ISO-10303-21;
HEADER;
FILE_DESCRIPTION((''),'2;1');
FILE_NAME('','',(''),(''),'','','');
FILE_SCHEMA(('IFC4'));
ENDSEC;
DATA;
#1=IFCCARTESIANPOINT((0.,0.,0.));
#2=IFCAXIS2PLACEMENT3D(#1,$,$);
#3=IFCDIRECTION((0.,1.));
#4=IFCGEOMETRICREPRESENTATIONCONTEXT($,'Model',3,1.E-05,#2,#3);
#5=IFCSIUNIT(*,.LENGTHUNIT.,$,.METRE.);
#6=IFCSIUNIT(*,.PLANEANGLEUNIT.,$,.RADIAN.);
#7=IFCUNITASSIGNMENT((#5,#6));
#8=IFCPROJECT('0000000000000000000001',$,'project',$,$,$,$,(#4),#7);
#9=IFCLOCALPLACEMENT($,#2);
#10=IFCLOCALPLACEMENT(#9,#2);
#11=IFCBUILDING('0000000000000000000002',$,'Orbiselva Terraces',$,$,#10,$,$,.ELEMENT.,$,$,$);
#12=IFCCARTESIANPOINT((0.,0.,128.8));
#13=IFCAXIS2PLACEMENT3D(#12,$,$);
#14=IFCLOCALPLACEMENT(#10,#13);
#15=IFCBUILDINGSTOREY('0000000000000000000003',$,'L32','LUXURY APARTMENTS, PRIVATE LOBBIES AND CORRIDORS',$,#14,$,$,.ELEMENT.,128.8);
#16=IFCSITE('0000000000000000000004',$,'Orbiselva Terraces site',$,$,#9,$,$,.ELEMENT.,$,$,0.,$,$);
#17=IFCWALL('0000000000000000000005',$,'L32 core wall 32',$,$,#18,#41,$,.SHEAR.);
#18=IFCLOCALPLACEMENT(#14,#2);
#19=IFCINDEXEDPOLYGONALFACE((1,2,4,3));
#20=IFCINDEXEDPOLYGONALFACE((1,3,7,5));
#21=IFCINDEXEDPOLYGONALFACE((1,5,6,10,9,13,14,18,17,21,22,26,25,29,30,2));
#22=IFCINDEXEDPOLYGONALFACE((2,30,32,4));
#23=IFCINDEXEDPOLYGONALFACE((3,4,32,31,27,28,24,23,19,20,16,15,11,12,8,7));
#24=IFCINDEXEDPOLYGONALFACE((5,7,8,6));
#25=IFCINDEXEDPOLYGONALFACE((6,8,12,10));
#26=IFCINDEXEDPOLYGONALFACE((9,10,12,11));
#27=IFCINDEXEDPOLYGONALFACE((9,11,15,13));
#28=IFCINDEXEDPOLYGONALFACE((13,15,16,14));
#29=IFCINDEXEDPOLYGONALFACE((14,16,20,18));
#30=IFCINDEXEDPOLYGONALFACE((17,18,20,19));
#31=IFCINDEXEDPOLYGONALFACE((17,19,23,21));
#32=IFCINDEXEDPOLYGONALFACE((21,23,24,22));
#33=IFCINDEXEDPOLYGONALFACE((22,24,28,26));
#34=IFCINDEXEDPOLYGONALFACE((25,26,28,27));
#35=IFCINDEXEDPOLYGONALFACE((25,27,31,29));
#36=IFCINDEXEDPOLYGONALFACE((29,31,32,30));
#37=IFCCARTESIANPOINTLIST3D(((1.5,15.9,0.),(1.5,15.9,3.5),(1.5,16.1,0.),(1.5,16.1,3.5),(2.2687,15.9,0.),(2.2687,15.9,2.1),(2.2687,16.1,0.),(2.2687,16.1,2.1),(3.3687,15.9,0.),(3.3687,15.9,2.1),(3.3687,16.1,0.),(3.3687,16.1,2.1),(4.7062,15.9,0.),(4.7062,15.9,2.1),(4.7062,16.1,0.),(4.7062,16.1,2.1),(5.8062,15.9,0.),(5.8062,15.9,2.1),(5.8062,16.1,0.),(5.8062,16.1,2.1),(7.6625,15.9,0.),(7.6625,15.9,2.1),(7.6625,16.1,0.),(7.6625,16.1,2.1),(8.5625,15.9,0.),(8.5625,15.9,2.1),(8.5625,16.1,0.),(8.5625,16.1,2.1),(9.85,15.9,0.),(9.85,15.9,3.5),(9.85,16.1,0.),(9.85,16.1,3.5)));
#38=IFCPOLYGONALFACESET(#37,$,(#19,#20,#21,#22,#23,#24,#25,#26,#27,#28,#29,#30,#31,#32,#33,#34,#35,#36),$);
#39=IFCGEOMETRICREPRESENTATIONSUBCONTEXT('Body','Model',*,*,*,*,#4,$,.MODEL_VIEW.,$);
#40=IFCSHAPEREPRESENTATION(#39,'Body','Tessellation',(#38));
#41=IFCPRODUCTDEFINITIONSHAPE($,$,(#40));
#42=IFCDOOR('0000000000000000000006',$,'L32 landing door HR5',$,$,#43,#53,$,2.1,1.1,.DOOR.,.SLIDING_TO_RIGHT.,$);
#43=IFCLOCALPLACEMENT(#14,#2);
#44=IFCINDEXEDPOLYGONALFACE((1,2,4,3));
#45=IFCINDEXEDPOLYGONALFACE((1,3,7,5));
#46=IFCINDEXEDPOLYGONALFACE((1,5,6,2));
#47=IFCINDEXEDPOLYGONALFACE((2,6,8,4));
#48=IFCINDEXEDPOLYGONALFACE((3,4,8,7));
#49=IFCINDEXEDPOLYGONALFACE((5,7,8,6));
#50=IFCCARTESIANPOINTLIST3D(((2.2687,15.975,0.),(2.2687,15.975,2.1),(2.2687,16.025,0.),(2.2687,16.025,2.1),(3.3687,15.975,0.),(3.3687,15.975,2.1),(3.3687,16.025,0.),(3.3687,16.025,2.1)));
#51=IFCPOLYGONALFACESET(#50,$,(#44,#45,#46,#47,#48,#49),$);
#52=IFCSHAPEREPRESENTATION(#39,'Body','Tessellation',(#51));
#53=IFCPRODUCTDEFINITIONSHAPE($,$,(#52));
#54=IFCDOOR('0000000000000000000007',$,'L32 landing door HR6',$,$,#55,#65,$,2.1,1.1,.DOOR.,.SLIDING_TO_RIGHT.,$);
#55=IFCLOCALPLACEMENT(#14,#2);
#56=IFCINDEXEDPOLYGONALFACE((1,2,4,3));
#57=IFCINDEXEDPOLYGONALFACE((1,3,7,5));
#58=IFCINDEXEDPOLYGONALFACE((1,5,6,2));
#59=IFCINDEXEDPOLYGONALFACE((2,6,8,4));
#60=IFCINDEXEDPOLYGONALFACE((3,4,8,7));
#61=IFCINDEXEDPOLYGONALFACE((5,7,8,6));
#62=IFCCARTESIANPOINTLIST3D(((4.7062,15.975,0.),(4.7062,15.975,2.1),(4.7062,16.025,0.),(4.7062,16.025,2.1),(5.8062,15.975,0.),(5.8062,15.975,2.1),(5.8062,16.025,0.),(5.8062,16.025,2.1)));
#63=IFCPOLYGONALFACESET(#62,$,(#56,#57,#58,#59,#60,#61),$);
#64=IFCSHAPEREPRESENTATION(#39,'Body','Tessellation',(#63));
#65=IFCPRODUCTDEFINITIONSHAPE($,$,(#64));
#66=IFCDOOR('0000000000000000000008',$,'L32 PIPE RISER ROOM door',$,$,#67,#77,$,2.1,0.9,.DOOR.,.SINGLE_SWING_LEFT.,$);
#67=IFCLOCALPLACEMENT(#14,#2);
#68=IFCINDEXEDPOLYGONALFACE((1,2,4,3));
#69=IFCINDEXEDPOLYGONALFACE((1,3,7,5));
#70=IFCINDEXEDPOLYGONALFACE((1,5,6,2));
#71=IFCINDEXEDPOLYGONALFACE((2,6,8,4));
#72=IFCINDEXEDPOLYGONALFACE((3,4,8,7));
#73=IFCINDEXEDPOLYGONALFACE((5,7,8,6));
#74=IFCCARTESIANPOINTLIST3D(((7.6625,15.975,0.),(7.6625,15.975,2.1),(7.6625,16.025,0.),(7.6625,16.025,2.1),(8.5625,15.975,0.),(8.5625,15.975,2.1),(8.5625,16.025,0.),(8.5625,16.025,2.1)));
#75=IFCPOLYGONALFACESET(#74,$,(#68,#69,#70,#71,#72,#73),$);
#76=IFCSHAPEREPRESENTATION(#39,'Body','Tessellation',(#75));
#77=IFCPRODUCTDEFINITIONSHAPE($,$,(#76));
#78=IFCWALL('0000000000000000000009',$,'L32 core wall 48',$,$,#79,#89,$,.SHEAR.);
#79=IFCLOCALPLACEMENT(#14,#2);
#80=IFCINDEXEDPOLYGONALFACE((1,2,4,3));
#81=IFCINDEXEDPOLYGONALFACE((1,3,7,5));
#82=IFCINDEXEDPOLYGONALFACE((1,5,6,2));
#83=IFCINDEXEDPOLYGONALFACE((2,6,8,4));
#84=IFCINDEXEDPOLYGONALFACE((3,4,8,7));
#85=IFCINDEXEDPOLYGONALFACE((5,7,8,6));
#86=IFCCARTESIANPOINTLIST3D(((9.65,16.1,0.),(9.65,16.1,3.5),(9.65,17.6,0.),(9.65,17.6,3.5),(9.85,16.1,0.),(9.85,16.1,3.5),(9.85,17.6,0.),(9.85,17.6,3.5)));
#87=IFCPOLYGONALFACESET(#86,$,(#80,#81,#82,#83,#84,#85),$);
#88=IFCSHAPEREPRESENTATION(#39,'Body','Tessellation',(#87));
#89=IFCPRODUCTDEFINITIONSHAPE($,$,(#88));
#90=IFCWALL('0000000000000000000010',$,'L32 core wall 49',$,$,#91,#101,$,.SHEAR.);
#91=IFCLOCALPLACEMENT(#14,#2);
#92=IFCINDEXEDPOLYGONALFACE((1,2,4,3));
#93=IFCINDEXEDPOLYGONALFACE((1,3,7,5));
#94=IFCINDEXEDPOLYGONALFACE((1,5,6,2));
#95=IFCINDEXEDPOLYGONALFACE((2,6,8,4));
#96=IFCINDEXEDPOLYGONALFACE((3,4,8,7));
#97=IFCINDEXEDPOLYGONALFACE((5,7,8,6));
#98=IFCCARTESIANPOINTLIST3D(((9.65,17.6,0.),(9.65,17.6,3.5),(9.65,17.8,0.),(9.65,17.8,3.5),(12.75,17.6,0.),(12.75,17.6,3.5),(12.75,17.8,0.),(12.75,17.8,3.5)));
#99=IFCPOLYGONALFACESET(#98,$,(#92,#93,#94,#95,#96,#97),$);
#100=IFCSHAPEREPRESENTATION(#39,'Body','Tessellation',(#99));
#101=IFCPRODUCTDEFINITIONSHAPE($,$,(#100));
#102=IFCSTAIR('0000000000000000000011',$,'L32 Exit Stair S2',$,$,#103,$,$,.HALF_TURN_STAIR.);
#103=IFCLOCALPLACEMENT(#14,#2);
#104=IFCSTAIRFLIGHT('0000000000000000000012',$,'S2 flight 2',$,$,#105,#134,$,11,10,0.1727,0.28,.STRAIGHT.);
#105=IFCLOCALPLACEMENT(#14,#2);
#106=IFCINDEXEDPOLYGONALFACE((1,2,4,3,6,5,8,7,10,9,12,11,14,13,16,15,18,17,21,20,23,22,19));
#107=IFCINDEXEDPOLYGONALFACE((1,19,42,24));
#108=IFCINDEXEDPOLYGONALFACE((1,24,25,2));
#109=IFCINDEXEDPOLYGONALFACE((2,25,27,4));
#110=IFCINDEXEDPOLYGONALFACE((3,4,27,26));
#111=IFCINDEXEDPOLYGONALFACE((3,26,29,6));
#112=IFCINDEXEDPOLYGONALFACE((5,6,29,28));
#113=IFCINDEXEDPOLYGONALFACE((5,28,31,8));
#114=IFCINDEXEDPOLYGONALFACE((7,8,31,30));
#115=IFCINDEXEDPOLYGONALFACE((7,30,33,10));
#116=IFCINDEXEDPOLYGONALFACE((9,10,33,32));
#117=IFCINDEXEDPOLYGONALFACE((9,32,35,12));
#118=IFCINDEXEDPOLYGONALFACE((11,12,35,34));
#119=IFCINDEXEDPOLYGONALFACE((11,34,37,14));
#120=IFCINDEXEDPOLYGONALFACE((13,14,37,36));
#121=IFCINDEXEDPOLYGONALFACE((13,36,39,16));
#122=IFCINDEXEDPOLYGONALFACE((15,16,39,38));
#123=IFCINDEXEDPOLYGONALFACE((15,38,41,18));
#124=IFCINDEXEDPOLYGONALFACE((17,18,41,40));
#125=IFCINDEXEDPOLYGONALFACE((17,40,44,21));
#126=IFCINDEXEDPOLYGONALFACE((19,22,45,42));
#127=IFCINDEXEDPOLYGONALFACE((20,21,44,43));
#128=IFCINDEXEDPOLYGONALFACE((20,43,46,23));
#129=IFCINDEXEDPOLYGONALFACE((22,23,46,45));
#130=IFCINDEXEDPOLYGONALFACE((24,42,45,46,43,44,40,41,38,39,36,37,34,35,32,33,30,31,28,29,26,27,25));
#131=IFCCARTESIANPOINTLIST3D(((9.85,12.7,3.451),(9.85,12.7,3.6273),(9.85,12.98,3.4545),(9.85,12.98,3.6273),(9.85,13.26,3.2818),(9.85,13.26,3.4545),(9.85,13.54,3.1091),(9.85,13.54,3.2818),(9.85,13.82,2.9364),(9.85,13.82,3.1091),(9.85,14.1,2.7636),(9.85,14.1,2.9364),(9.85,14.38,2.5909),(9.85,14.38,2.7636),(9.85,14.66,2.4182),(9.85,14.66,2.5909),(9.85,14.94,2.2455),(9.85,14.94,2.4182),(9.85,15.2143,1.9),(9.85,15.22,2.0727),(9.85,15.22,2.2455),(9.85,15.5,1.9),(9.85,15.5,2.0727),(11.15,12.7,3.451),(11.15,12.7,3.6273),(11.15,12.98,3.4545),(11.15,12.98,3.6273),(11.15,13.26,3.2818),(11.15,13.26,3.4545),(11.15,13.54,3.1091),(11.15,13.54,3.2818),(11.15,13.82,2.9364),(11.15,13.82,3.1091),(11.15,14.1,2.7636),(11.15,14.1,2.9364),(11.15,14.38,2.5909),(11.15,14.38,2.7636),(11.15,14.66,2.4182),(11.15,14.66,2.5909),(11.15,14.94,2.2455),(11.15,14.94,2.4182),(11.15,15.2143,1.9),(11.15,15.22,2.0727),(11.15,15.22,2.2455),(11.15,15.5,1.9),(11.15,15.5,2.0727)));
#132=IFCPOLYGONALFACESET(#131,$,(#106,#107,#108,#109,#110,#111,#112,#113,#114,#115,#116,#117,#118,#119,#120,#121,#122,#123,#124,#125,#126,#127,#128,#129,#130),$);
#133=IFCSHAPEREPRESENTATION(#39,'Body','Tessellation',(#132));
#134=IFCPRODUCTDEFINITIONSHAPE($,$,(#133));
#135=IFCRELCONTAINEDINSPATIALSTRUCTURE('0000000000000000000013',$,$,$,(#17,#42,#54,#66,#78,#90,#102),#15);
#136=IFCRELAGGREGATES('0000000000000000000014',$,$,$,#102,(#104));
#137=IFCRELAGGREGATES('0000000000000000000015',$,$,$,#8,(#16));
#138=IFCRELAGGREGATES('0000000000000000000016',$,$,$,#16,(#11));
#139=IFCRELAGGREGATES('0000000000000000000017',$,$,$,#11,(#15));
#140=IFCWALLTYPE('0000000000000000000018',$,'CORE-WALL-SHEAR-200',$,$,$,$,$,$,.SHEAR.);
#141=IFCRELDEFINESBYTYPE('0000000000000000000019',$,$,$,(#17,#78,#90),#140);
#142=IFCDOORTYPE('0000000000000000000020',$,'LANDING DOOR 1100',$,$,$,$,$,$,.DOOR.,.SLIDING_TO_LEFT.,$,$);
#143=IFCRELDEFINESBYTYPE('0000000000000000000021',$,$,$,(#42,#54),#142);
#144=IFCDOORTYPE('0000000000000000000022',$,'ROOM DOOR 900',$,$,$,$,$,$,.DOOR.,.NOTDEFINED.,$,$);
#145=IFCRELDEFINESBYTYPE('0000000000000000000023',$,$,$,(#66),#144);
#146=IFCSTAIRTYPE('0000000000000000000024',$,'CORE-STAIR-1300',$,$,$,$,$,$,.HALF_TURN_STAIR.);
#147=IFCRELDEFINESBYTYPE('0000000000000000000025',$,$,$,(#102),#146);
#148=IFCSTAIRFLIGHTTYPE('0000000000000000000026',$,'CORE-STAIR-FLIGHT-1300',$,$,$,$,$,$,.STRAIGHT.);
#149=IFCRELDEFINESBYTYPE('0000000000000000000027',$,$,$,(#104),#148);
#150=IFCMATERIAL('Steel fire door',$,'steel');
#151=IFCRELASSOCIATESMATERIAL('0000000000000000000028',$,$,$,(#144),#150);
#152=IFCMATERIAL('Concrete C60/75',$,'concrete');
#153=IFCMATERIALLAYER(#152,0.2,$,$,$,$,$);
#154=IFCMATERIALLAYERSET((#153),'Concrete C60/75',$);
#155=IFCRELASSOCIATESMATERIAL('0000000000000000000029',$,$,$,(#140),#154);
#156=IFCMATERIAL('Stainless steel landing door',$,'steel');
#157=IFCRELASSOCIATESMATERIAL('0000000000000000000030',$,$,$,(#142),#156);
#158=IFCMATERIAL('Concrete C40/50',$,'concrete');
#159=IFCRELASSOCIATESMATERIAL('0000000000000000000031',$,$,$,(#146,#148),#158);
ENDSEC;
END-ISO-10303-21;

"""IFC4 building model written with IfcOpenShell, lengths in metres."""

from ifc_helpers import new_model, si_unit, direction, frame, frame_2d, origin, place, context, subcontext, project, spatial, polyline, rectangle, outline, extrude, material, layer, layer_set, type_object, element, fill, aggregate, save


model = new_model("IFC4")

# Units and contexts
model_context = context("Model", 3, precision=1e-05, world=origin(), true_north=direction((0.0, 1.0)))
body_context = subcontext(model_context, "Body", "Model", "MODEL_VIEW")
ifc_project = project(units=[si_unit("LENGTHUNIT", "METRE"), si_unit("PLANEANGLEUNIT", "RADIAN")], contexts=[model_context])

# Site, building, storey
site_placement = place(None, origin())
site = spatial("IfcSite", under=ifc_project, at=site_placement, Name="Orbiselva Terraces site", CompositionType="ELEMENT", RefElevation=0.0)
building_placement = place(site_placement, origin())
building = spatial("IfcBuilding", under=site, at=building_placement, Name="Orbiselva Terraces", CompositionType="ELEMENT")
storey_placement = place(building_placement, frame((0.0, 0.0, 128.8)))
storey = spatial("IfcBuildingStorey", under=building, at=storey_placement, Name="L32", Description="LUXURY APARTMENTS, PRIVATE LOBBIES AND CORRIDORS", CompositionType="ELEMENT", Elevation=128.8)

# Shared definitions
ifc_material_1 = material(Name="Steel fire door", Category="steel")
door_type_1 = type_object("IfcDoorType", Name="ROOM DOOR 900", OperationType="NOTDEFINED", PredefinedType="DOOR", material=ifc_material_1)

# Shared definitions
ifc_material_2 = material(Name="Concrete C40/50", Category="concrete")
ifc_material_3 = material(Name="Concrete C60/75", Category="concrete")
ifc_layer_1 = layer(ifc_material_3, 0.2)
ifc_layer_set_1 = layer_set([ifc_layer_1], Name="Concrete C60/75")
wall_type_1 = type_object("IfcWallType", Name="CORE-WALL-SHEAR-200", PredefinedType="SHEAR", material=ifc_layer_set_1)

# Wall, openings, doors
wall_1_placement = place(storey_placement, frame((9.85, 16.0, 0.0), z_axis=(0.0, 0.0, 1.0), x_axis=(-1.0, 0.0, 0.0)))
wall_1 = element("IfcWall", 1, at=wall_1_placement, inside=storey, type_object=wall_type_1, Name="L32 core wall 32", PredefinedType="SHEAR", context=body_context, shape_type="SweptSolid", body=[
    extrude(rectangle(XDim=8.35, YDim=0.2, at=frame_2d((4.175, 0.0))), origin(), (0.0, 0.0, 1.0), 3.5),
])
opening_1_placement = place(wall_1_placement, frame((6.4813, 0.0, 0.0)))
opening_1 = element("IfcOpeningElement", 2, at=opening_1_placement, cuts=wall_1, PredefinedType="OPENING", context=body_context, shape_type="SweptSolid", body=[
    extrude(rectangle(XDim=1.1, YDim=2.1, at=frame_2d((0.55, 1.05))), frame((0.0, 0.11, 0.0), z_axis=(0.0, -1.0, 0.0), x_axis=(1.0, 0.0, 0.0)), (0.0, 0.0, 1.0), 0.22),
])
opening_2_placement = place(wall_1_placement, frame((4.0438, 0.0, 0.0)))
opening_2 = element("IfcOpeningElement", 3, at=opening_2_placement, cuts=wall_1, PredefinedType="OPENING", context=body_context, shape_type="SweptSolid", body=[
    extrude(rectangle(XDim=1.1, YDim=2.1, at=frame_2d((0.55, 1.05))), frame((0.0, 0.11, 0.0), z_axis=(0.0, -1.0, 0.0), x_axis=(1.0, 0.0, 0.0)), (0.0, 0.0, 1.0), 0.22),
])
opening_3_placement = place(wall_1_placement, frame((1.2875, 0.0, 0.0)))
opening_3 = element("IfcOpeningElement", 4, at=opening_3_placement, cuts=wall_1, PredefinedType="OPENING", context=body_context, shape_type="SweptSolid", body=[
    extrude(rectangle(XDim=0.9, YDim=2.1, at=frame_2d((0.45, 1.05))), frame((0.0, 0.11, 0.0), z_axis=(0.0, -1.0, 0.0), x_axis=(1.0, 0.0, 0.0)), (0.0, 0.0, 1.0), 0.22),
])
ifc_material_4 = material(Name="Stainless steel landing door", Category="steel")
door_type_2 = type_object("IfcDoorType", Name="LANDING DOOR 1100", OperationType="SLIDING_TO_LEFT", PredefinedType="DOOR", material=ifc_material_4)
door_1_placement = place(opening_1_placement, origin())
door_1 = element("IfcDoor", 5, at=door_1_placement, inside=storey, type_object=door_type_2, Name="L32 landing door HR5", OperationType="SLIDING_TO_RIGHT", OverallHeight=2.1, OverallWidth=1.1, PredefinedType="DOOR", context=body_context, shape_type="SweptSolid", body=[
    extrude(rectangle(XDim=1.1, YDim=2.1, at=frame_2d((0.55, 1.05))), frame((0.0, 0.025, 0.0), z_axis=(0.0, -1.0, 0.0), x_axis=(1.0, 0.0, 0.0)), (0.0, 0.0, 1.0), 0.05),
])
fill(opening_1, door_1)
door_2_placement = place(opening_2_placement, origin())
door_2 = element("IfcDoor", 6, at=door_2_placement, inside=storey, type_object=door_type_2, Name="L32 landing door HR6", OperationType="SLIDING_TO_RIGHT", OverallHeight=2.1, OverallWidth=1.1, PredefinedType="DOOR", context=body_context, shape_type="SweptSolid", body=[
    extrude(rectangle(XDim=1.1, YDim=2.1, at=frame_2d((0.55, 1.05))), frame((0.0, 0.025, 0.0), z_axis=(0.0, -1.0, 0.0), x_axis=(1.0, 0.0, 0.0)), (0.0, 0.0, 1.0), 0.05),
])
fill(opening_2, door_2)
door_3_placement = place(opening_3_placement, origin())
door_3 = element("IfcDoor", 7, at=door_3_placement, inside=storey, type_object=door_type_1, Name="L32 PIPE RISER ROOM door", OperationType="SINGLE_SWING_LEFT", OverallHeight=2.1, OverallWidth=0.9, PredefinedType="DOOR", context=body_context, shape_type="SweptSolid", body=[
    extrude(rectangle(XDim=0.9, YDim=2.1, at=frame_2d((0.45, 1.05))), frame((0.0, 0.025, 0.0), z_axis=(0.0, -1.0, 0.0), x_axis=(1.0, 0.0, 0.0)), (0.0, 0.0, 1.0), 0.05),
])
fill(opening_3, door_3)

# Walls
wall_2_placement = place(storey_placement, frame((9.75, 16.1, 0.0), z_axis=(0.0, 0.0, 1.0), x_axis=(0.0, 1.0, 0.0)))
element("IfcWall", 8, at=wall_2_placement, inside=storey, type_object=wall_type_1, Name="L32 core wall 48", PredefinedType="SHEAR", context=body_context, shape_type="SweptSolid", body=[
    extrude(rectangle(XDim=1.5, YDim=0.2, at=frame_2d((0.75, 0.0))), origin(), (0.0, 0.0, 1.0), 3.5),
])
wall_3_placement = place(storey_placement, frame((9.65, 17.7, 0.0), z_axis=(0.0, 0.0, 1.0), x_axis=(1.0, 0.0, 0.0)))
element("IfcWall", 9, at=wall_3_placement, inside=storey, type_object=wall_type_1, Name="L32 core wall 49", PredefinedType="SHEAR", context=body_context, shape_type="SweptSolid", body=[
    extrude(rectangle(XDim=3.1, YDim=0.2, at=frame_2d((1.55, 0.0))), origin(), (0.0, 0.0, 1.0), 3.5),
])

# Stair, stair flight
stair_type = type_object("IfcStairType", Name="CORE-STAIR-1300", PredefinedType="HALF_TURN_STAIR", material=ifc_material_2)
stair_placement = place(storey_placement, origin())
stair = element("IfcStair", 10, at=stair_placement, inside=storey, type_object=stair_type, Name="L32 Exit Stair S2", PredefinedType="HALF_TURN_STAIR")
stair_flight_type = type_object("IfcStairFlightType", Name="CORE-STAIR-FLIGHT-1300", PredefinedType="STRAIGHT", material=ifc_material_2)
stair_flight_placement = place(storey_placement, frame((10.5, 15.5, 1.9), z_axis=(0.0, 0.0, 1.0), x_axis=(0.0, -1.0, 0.0)))
stair_flight = element("IfcStairFlight", 11, at=stair_flight_placement, type_object=stair_flight_type, Name="S2 flight 2", NumberOfRisers=11, NumberOfTreads=10, PredefinedType="STRAIGHT", RiserHeight=0.1727, TreadLength=0.28, context=body_context, shape_type="SweptSolid", body=[
    extrude(outline(polyline([(0.0, 0.0), (0.0, 0.1727), (0.28, 0.1727), (0.28, 0.3455), (0.56, 0.3455), (0.56, 0.5182), (0.84, 0.5182), (0.84, 0.6909), (1.12, 0.6909), (1.12, 0.8636), (1.4, 0.8636), (1.4, 1.0364), (1.68, 1.0364), (1.68, 1.2091), (1.96, 1.2091), (1.96, 1.3818), (2.24, 1.3818), (2.24, 1.5545), (2.52, 1.5545), (2.52, 1.7273), (2.8, 1.7273), (2.8, 1.9), (2.8, 1.551), (0.2857, 0.0), (0.0, 0.0)])), frame((0.0, 0.65, 0.0), z_axis=(0.0, -1.0, 0.0), x_axis=(1.0, 0.0, 0.0)), (0.0, 0.0, 1.0), 1.3),
])
aggregate(stair, [stair_flight])

save(model, "model.ifc")
